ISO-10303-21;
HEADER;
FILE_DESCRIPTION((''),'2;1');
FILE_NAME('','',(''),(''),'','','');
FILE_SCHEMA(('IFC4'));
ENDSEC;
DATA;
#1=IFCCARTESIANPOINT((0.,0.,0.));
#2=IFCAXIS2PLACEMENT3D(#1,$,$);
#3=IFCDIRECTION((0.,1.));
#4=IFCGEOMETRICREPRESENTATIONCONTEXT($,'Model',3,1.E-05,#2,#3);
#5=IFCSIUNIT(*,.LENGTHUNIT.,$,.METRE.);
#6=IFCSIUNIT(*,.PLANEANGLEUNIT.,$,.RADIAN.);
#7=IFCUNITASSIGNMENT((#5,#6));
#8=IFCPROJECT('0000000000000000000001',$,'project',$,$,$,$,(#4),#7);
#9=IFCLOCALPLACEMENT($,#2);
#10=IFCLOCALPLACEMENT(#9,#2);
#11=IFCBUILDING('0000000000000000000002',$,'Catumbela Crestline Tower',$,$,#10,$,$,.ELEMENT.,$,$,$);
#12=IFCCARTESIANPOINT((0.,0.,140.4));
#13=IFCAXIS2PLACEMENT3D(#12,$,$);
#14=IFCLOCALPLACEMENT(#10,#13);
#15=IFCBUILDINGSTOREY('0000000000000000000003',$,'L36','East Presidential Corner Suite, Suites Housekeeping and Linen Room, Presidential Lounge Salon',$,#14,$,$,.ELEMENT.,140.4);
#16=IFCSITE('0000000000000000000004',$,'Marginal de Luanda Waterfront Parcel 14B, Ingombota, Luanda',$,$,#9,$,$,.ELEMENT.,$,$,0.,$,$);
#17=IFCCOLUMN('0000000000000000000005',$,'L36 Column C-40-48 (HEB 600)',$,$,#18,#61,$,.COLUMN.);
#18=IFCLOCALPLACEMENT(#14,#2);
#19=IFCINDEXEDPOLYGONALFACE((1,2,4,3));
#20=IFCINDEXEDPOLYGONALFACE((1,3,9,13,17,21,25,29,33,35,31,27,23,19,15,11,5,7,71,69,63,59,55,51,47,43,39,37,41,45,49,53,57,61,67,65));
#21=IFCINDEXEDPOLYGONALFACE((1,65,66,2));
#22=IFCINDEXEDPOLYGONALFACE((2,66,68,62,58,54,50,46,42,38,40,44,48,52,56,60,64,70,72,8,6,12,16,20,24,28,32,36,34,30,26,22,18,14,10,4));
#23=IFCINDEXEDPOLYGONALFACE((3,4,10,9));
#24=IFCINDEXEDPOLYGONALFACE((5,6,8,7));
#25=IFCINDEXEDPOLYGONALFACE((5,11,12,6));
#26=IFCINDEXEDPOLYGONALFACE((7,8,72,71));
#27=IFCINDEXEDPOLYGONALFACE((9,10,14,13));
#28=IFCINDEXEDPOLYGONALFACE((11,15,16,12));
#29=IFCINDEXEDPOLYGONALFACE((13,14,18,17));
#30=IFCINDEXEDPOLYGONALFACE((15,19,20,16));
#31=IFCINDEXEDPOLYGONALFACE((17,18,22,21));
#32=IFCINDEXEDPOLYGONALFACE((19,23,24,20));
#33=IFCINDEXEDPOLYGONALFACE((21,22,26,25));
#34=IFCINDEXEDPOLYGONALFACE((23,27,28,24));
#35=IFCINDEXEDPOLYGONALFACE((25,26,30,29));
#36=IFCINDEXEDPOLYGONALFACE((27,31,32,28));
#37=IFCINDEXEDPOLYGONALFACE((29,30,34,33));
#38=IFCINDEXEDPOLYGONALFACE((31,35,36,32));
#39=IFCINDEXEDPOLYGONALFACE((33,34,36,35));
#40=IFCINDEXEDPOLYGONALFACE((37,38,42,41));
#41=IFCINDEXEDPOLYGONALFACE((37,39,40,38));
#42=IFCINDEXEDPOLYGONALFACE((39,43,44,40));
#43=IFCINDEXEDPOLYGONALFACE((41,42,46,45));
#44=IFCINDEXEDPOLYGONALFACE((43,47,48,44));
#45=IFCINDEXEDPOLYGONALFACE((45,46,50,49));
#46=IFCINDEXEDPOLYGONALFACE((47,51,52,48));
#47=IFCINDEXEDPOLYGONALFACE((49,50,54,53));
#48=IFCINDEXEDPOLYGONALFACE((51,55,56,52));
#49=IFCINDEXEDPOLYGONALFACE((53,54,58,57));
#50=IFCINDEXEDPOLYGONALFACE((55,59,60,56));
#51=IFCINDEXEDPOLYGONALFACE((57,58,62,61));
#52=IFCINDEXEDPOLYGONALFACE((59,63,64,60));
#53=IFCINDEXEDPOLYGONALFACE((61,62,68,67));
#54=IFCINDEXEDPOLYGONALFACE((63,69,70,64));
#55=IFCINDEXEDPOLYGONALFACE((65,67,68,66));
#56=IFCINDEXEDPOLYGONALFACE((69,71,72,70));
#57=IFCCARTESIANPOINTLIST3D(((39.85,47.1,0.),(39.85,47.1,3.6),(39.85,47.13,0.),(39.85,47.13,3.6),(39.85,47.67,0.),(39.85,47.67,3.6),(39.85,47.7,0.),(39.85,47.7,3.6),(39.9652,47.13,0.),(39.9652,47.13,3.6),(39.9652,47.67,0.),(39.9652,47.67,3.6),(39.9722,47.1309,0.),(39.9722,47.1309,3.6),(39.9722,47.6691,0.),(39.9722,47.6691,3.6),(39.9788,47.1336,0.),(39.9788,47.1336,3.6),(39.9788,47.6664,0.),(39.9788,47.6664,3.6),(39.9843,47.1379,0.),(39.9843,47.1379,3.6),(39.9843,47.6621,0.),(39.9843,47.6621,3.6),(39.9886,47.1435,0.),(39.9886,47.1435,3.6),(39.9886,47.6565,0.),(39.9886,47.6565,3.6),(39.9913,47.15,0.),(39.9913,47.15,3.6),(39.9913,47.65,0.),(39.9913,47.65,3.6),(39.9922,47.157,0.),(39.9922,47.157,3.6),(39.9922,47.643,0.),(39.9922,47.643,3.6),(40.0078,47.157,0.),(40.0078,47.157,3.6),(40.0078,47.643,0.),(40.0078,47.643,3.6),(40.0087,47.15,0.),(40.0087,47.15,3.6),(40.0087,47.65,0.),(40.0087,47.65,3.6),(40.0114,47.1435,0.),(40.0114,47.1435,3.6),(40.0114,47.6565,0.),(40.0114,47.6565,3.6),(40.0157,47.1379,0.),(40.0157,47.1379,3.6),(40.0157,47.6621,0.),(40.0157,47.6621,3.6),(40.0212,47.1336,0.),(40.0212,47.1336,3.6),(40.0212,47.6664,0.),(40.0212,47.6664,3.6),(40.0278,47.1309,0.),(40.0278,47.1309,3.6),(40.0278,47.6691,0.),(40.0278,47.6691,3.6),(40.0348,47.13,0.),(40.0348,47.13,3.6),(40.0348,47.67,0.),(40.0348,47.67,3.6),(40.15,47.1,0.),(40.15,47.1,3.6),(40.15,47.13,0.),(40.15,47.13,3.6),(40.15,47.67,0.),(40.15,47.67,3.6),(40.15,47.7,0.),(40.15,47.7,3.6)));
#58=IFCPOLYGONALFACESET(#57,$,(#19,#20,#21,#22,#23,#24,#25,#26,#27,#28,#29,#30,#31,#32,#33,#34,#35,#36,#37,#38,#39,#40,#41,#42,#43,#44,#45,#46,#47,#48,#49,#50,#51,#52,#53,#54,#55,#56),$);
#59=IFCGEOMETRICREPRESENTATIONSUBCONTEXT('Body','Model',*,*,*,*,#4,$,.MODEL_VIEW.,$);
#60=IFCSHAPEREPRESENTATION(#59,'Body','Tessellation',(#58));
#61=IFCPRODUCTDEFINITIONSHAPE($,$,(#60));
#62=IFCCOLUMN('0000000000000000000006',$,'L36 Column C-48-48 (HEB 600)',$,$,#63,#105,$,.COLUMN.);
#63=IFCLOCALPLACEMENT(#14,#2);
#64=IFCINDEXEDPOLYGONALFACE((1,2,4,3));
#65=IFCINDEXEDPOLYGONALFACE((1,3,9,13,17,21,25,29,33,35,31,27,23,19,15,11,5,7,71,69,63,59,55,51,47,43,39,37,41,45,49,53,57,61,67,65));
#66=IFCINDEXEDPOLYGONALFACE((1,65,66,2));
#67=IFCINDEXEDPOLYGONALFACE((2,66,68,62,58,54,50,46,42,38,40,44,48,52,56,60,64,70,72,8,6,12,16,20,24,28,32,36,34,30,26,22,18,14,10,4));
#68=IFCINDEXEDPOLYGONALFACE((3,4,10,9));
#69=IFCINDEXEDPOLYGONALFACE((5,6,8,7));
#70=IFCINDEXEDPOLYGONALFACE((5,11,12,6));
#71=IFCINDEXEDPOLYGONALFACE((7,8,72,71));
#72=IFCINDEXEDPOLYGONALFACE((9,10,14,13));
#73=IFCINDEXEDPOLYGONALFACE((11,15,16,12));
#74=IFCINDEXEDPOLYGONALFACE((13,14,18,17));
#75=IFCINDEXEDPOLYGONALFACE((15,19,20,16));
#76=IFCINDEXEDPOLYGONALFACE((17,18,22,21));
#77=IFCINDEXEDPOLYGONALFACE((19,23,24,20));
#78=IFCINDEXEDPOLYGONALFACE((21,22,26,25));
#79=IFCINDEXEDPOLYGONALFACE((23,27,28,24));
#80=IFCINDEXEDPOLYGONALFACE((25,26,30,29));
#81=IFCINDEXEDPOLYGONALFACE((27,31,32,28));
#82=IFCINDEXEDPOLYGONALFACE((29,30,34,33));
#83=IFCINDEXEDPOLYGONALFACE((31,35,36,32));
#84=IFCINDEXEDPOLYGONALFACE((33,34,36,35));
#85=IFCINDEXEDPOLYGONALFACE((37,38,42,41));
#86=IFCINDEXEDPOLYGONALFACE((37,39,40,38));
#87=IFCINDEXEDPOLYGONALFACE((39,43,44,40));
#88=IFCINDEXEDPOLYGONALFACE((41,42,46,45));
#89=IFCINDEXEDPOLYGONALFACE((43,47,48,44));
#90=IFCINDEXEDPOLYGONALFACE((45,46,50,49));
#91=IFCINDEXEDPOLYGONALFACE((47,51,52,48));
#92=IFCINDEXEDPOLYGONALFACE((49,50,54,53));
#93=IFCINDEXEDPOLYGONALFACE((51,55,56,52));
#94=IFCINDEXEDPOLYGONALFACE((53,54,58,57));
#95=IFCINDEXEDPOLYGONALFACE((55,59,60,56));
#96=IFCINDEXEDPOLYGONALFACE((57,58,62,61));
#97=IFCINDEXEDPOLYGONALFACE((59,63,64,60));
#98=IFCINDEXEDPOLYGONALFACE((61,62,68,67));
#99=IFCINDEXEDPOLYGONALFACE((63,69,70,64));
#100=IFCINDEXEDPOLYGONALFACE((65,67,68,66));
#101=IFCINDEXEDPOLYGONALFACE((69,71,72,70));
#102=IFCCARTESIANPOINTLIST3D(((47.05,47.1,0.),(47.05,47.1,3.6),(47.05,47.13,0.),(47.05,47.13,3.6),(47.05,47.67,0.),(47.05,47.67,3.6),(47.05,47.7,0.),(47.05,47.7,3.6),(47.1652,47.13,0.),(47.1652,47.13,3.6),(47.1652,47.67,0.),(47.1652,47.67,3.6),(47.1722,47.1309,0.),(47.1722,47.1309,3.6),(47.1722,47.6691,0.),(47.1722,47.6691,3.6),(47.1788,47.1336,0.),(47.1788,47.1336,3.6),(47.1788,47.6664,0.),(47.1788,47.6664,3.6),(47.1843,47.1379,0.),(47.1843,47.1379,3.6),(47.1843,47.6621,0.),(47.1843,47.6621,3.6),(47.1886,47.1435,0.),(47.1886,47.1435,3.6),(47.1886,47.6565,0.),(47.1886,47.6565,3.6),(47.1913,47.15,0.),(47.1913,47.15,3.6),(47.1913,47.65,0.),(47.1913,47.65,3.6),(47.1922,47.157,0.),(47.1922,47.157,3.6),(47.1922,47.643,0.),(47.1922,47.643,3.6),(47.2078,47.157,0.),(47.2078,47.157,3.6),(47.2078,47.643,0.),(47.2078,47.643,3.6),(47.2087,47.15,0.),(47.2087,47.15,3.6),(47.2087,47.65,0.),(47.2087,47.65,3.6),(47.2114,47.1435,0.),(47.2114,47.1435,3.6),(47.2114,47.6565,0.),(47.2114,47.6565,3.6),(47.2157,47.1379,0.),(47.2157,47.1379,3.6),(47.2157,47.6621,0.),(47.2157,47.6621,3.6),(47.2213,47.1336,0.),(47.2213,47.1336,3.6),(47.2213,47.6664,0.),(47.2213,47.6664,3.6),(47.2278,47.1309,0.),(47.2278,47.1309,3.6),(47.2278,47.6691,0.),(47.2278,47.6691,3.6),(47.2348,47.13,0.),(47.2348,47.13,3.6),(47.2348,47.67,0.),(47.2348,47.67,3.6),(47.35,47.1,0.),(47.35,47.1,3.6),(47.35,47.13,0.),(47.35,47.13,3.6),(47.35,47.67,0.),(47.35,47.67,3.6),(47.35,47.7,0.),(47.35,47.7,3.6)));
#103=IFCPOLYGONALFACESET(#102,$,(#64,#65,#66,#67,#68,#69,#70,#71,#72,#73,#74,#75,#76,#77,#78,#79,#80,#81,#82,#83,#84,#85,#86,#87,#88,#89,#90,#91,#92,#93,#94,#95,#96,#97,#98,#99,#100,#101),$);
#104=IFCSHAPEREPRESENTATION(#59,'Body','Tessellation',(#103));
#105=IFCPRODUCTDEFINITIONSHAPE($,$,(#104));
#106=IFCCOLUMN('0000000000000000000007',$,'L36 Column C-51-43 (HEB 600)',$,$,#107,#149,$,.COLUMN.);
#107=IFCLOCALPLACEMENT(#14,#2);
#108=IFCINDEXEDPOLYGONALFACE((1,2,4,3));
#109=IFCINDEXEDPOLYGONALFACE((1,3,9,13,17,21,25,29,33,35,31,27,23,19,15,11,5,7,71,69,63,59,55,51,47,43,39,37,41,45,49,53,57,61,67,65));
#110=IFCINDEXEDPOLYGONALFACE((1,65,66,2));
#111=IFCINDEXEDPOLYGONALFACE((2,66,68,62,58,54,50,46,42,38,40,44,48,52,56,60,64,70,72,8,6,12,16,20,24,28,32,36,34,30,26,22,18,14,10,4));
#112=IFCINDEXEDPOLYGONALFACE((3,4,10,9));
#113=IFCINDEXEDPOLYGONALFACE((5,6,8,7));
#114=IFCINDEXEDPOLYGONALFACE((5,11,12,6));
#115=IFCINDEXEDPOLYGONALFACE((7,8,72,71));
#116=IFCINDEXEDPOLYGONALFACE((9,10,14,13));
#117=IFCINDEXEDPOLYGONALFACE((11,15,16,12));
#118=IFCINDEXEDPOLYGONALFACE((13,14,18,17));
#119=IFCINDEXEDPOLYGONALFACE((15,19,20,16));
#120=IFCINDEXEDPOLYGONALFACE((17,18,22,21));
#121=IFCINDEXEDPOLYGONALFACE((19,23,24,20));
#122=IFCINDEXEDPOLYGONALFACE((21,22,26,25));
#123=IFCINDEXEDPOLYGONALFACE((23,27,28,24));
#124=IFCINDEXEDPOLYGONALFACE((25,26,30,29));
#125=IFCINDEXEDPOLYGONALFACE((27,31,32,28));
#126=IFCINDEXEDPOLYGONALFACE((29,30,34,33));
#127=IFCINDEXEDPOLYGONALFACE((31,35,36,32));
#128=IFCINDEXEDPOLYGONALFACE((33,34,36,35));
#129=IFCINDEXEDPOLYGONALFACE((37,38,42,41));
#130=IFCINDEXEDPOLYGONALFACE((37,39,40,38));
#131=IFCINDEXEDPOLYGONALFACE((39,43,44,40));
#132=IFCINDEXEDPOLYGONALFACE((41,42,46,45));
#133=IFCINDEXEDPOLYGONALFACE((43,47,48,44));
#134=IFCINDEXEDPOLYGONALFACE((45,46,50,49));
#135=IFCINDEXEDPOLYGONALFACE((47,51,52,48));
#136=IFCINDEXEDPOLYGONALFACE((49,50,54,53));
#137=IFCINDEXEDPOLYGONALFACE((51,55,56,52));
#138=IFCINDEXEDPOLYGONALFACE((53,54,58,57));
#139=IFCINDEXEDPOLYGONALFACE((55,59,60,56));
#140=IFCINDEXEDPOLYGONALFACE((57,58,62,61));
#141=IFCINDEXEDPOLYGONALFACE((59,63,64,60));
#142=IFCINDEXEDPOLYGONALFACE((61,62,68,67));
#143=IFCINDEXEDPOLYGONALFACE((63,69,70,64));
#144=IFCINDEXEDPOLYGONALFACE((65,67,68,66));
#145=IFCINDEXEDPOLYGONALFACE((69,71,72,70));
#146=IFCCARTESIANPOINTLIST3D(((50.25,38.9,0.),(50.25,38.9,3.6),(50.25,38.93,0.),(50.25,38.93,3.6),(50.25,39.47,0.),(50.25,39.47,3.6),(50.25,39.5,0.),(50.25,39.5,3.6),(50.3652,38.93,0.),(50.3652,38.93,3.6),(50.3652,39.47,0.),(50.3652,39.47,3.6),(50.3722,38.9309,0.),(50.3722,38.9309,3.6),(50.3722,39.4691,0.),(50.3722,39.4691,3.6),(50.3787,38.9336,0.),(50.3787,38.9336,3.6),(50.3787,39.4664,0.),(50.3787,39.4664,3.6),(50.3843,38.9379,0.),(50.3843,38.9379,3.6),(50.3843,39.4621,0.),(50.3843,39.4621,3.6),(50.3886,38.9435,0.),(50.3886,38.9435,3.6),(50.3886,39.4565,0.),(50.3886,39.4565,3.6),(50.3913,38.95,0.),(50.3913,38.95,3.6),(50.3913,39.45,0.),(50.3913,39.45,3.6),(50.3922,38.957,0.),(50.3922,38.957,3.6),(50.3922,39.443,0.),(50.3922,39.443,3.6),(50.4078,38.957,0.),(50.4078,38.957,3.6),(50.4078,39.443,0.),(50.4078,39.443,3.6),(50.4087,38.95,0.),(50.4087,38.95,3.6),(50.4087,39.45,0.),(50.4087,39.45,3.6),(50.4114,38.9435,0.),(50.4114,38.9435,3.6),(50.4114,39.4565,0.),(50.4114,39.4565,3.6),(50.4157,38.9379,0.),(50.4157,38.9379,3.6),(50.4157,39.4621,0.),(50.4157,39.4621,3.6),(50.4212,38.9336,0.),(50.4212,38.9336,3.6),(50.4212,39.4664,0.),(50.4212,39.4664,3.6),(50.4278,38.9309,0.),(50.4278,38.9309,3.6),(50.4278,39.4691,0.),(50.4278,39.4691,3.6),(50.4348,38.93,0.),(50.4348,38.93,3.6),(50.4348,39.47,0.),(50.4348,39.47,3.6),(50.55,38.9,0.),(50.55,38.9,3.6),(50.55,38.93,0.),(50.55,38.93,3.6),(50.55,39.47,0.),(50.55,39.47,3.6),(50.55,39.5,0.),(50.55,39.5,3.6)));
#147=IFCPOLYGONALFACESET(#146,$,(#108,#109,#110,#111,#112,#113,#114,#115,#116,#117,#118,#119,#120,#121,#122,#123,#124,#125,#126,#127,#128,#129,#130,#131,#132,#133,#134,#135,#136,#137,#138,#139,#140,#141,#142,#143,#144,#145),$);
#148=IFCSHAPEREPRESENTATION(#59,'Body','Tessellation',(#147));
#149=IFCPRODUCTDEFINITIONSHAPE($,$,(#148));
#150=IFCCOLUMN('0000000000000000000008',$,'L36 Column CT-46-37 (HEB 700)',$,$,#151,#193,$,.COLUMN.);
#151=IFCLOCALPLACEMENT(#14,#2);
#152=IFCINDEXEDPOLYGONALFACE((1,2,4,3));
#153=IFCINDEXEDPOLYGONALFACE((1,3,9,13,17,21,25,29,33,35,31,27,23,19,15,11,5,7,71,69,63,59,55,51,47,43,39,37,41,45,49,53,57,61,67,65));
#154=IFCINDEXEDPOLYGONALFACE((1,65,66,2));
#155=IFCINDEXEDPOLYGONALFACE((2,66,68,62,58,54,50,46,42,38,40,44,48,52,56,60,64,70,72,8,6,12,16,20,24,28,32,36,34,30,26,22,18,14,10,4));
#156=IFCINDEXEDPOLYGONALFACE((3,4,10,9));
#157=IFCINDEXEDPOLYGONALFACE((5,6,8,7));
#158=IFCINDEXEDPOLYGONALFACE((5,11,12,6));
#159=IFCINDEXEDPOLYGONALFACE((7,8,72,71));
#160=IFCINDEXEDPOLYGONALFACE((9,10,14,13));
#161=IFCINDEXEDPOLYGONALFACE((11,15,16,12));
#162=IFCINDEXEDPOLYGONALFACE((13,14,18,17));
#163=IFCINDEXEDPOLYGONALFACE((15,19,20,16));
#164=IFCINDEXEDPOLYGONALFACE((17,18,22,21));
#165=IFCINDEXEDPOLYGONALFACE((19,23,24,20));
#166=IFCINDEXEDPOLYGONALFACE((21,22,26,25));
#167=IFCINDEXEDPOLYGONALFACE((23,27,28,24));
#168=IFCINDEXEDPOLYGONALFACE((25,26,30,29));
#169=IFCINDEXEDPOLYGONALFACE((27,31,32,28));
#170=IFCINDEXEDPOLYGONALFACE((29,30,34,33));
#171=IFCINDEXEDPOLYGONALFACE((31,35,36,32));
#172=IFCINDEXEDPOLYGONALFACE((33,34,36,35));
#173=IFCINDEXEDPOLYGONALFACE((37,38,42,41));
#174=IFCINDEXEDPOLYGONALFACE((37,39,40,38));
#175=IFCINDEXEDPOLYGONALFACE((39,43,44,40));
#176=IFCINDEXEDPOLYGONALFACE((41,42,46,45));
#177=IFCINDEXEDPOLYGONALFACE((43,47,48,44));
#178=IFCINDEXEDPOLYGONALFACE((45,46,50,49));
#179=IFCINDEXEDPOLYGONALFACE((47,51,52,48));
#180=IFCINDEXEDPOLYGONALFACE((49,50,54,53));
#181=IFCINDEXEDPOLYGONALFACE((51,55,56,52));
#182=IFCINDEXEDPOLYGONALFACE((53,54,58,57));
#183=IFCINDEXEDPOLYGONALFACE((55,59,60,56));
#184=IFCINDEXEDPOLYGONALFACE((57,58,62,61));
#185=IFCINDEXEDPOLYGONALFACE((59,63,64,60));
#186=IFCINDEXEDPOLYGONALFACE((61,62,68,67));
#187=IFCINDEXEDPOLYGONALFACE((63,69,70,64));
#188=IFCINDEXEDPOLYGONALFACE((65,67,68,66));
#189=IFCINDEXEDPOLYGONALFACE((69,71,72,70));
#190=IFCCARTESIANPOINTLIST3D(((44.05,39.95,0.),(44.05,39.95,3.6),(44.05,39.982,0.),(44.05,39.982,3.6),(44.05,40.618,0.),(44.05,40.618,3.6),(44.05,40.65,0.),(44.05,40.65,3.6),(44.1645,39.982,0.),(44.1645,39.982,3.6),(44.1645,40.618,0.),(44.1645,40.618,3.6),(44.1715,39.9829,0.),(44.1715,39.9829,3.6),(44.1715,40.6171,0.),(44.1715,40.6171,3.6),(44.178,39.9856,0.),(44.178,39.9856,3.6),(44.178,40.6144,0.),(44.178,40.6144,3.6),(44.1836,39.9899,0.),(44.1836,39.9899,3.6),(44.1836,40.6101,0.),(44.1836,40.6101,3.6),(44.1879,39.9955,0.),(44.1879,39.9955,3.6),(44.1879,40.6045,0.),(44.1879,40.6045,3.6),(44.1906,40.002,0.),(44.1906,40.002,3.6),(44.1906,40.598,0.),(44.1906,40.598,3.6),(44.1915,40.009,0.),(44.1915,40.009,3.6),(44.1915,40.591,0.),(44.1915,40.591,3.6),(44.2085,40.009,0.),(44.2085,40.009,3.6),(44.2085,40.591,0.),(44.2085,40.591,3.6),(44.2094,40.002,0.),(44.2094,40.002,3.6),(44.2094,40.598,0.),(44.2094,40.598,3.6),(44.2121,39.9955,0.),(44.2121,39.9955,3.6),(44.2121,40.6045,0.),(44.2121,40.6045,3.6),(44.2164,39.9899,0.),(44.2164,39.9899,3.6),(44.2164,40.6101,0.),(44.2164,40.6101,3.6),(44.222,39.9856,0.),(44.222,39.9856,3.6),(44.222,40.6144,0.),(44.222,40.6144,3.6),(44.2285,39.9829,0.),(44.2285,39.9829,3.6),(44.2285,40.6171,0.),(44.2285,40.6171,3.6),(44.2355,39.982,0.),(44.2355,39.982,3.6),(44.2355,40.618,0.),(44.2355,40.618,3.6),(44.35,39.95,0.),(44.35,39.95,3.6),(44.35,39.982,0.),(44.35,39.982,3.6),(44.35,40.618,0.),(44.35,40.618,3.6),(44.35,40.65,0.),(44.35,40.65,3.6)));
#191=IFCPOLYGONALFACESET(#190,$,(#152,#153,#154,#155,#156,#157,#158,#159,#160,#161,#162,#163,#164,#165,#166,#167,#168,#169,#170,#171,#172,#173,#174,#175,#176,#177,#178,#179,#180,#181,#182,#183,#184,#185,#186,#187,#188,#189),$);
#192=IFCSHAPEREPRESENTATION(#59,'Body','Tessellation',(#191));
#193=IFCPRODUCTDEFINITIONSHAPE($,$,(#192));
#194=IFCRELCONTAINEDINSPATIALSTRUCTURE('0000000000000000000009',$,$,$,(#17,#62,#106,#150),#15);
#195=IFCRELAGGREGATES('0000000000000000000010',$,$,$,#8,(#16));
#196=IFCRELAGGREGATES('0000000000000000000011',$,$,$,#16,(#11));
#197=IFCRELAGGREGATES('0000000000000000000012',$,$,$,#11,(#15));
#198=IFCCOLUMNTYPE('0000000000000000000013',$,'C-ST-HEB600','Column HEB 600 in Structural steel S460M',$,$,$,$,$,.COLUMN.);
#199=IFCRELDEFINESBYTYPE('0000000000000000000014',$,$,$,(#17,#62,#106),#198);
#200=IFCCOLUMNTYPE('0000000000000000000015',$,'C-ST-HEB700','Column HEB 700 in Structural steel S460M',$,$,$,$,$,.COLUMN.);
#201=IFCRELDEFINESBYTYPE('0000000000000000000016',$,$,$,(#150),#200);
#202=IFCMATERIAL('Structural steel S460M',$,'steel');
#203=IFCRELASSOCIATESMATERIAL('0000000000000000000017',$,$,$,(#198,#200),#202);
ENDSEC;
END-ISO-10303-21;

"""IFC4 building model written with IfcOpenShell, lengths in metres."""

from ifc_helpers import new_model, si_unit, direction, frame, origin, origin_2d, place, context, subcontext, project, spatial, i_section, extrude, material, material_profile, profile_set, type_object, element, save


model = new_model("IFC4")

# Units and contexts
model_context = context("Model", 3, precision=1e-05, world=origin(), true_north=direction((0.0, 1.0)))
body_context = subcontext(model_context, "Body", "Model", "MODEL_VIEW")
ifc_project = project(units=[si_unit("LENGTHUNIT", "METRE"), si_unit("PLANEANGLEUNIT", "RADIAN")], contexts=[model_context])

# Site, building, storey
site_placement = place(None, origin())
site = spatial("IfcSite", under=ifc_project, at=site_placement, Name="Marginal de Luanda Waterfront Parcel 14B, Ingombota, Luanda", CompositionType="ELEMENT", RefElevation=0.0)
building_placement = place(site_placement, origin())
building = spatial("IfcBuilding", under=site, at=building_placement, Name="Catumbela Crestline Tower", CompositionType="ELEMENT")
storey_placement = place(building_placement, frame((0.0, 0.0, 140.4)))
storey = spatial("IfcBuildingStorey", under=building, at=storey_placement, Name="L36", Description="East Presidential Corner Suite, Suites Housekeeping and Linen Room, Presidential Lounge Salon", CompositionType="ELEMENT", Elevation=140.4)

# Columns
ifc_material_1 = material(Name="Structural steel S460M", Category="steel")
ifc_material_profile_1 = material_profile(ifc_material_1, i_section(OverallWidth=0.3, OverallDepth=0.6, WebThickness=0.0155, FlangeThickness=0.03, FilletRadius=0.027, at=origin_2d()), Name="HEB 600")
ifc_profile_set_1 = profile_set([ifc_material_profile_1], Name="Structural steel S460M")
column_type_1 = type_object("IfcColumnType", Name="C-ST-HEB600", Description="Column HEB 600 in Structural steel S460M", PredefinedType="COLUMN", material=ifc_profile_set_1)
for number, where, z_axis, x_axis, name in (
    (1, (40.0, 47.4, 0.0), (0.0, 0.0, 1.0), (1.0, 0.0, 0.0), "L36 Column C-40-48 (HEB 600)"),
    (2, (47.2, 47.4, 0.0), (0.0, 0.0, 1.0), (1.0, 0.0, 0.0), "L36 Column C-48-48 (HEB 600)"),
    (3, (50.4, 39.2, 0.0), (0.0, 0.0, 1.0), (1.0, 0.0, 0.0), "L36 Column C-51-43 (HEB 600)"),
):
    element("IfcColumn", number, at=place(storey_placement, frame(where, z_axis=z_axis, x_axis=x_axis)), inside=storey, type_object=column_type_1, Name=name, PredefinedType="COLUMN", context=body_context, shape_type="SweptSolid", body=[
        extrude(i_section(OverallWidth=0.3, OverallDepth=0.6, WebThickness=0.0155, FlangeThickness=0.03, FilletRadius=0.027, at=origin_2d()), origin(), (0.0, 0.0, 1.0), 3.6),
    ])
ifc_material_profile_2 = material_profile(ifc_material_1, i_section(OverallWidth=0.3, OverallDepth=0.7, WebThickness=0.017, FlangeThickness=0.032, FilletRadius=0.027, at=origin_2d()), Name="HEB 700")
ifc_profile_set_2 = profile_set([ifc_material_profile_2], Name="Structural steel S460M")
column_type_2 = type_object("IfcColumnType", Name="C-ST-HEB700", Description="Column HEB 700 in Structural steel S460M", PredefinedType="COLUMN", material=ifc_profile_set_2)
column_placement = place(storey_placement, frame((44.2, 40.3, 0.0), z_axis=(0.0, 0.0, 1.0), x_axis=(1.0, 0.0, 0.0)))
element("IfcColumn", 4, at=column_placement, inside=storey, type_object=column_type_2, Name="L36 Column CT-46-37 (HEB 700)", PredefinedType="COLUMN", context=body_context, shape_type="SweptSolid", body=[
    extrude(i_section(OverallWidth=0.3, OverallDepth=0.7, WebThickness=0.017, FlangeThickness=0.032, FilletRadius=0.027, at=origin_2d()), origin(), (0.0, 0.0, 1.0), 3.6),
])

save(model, "model.ifc")
